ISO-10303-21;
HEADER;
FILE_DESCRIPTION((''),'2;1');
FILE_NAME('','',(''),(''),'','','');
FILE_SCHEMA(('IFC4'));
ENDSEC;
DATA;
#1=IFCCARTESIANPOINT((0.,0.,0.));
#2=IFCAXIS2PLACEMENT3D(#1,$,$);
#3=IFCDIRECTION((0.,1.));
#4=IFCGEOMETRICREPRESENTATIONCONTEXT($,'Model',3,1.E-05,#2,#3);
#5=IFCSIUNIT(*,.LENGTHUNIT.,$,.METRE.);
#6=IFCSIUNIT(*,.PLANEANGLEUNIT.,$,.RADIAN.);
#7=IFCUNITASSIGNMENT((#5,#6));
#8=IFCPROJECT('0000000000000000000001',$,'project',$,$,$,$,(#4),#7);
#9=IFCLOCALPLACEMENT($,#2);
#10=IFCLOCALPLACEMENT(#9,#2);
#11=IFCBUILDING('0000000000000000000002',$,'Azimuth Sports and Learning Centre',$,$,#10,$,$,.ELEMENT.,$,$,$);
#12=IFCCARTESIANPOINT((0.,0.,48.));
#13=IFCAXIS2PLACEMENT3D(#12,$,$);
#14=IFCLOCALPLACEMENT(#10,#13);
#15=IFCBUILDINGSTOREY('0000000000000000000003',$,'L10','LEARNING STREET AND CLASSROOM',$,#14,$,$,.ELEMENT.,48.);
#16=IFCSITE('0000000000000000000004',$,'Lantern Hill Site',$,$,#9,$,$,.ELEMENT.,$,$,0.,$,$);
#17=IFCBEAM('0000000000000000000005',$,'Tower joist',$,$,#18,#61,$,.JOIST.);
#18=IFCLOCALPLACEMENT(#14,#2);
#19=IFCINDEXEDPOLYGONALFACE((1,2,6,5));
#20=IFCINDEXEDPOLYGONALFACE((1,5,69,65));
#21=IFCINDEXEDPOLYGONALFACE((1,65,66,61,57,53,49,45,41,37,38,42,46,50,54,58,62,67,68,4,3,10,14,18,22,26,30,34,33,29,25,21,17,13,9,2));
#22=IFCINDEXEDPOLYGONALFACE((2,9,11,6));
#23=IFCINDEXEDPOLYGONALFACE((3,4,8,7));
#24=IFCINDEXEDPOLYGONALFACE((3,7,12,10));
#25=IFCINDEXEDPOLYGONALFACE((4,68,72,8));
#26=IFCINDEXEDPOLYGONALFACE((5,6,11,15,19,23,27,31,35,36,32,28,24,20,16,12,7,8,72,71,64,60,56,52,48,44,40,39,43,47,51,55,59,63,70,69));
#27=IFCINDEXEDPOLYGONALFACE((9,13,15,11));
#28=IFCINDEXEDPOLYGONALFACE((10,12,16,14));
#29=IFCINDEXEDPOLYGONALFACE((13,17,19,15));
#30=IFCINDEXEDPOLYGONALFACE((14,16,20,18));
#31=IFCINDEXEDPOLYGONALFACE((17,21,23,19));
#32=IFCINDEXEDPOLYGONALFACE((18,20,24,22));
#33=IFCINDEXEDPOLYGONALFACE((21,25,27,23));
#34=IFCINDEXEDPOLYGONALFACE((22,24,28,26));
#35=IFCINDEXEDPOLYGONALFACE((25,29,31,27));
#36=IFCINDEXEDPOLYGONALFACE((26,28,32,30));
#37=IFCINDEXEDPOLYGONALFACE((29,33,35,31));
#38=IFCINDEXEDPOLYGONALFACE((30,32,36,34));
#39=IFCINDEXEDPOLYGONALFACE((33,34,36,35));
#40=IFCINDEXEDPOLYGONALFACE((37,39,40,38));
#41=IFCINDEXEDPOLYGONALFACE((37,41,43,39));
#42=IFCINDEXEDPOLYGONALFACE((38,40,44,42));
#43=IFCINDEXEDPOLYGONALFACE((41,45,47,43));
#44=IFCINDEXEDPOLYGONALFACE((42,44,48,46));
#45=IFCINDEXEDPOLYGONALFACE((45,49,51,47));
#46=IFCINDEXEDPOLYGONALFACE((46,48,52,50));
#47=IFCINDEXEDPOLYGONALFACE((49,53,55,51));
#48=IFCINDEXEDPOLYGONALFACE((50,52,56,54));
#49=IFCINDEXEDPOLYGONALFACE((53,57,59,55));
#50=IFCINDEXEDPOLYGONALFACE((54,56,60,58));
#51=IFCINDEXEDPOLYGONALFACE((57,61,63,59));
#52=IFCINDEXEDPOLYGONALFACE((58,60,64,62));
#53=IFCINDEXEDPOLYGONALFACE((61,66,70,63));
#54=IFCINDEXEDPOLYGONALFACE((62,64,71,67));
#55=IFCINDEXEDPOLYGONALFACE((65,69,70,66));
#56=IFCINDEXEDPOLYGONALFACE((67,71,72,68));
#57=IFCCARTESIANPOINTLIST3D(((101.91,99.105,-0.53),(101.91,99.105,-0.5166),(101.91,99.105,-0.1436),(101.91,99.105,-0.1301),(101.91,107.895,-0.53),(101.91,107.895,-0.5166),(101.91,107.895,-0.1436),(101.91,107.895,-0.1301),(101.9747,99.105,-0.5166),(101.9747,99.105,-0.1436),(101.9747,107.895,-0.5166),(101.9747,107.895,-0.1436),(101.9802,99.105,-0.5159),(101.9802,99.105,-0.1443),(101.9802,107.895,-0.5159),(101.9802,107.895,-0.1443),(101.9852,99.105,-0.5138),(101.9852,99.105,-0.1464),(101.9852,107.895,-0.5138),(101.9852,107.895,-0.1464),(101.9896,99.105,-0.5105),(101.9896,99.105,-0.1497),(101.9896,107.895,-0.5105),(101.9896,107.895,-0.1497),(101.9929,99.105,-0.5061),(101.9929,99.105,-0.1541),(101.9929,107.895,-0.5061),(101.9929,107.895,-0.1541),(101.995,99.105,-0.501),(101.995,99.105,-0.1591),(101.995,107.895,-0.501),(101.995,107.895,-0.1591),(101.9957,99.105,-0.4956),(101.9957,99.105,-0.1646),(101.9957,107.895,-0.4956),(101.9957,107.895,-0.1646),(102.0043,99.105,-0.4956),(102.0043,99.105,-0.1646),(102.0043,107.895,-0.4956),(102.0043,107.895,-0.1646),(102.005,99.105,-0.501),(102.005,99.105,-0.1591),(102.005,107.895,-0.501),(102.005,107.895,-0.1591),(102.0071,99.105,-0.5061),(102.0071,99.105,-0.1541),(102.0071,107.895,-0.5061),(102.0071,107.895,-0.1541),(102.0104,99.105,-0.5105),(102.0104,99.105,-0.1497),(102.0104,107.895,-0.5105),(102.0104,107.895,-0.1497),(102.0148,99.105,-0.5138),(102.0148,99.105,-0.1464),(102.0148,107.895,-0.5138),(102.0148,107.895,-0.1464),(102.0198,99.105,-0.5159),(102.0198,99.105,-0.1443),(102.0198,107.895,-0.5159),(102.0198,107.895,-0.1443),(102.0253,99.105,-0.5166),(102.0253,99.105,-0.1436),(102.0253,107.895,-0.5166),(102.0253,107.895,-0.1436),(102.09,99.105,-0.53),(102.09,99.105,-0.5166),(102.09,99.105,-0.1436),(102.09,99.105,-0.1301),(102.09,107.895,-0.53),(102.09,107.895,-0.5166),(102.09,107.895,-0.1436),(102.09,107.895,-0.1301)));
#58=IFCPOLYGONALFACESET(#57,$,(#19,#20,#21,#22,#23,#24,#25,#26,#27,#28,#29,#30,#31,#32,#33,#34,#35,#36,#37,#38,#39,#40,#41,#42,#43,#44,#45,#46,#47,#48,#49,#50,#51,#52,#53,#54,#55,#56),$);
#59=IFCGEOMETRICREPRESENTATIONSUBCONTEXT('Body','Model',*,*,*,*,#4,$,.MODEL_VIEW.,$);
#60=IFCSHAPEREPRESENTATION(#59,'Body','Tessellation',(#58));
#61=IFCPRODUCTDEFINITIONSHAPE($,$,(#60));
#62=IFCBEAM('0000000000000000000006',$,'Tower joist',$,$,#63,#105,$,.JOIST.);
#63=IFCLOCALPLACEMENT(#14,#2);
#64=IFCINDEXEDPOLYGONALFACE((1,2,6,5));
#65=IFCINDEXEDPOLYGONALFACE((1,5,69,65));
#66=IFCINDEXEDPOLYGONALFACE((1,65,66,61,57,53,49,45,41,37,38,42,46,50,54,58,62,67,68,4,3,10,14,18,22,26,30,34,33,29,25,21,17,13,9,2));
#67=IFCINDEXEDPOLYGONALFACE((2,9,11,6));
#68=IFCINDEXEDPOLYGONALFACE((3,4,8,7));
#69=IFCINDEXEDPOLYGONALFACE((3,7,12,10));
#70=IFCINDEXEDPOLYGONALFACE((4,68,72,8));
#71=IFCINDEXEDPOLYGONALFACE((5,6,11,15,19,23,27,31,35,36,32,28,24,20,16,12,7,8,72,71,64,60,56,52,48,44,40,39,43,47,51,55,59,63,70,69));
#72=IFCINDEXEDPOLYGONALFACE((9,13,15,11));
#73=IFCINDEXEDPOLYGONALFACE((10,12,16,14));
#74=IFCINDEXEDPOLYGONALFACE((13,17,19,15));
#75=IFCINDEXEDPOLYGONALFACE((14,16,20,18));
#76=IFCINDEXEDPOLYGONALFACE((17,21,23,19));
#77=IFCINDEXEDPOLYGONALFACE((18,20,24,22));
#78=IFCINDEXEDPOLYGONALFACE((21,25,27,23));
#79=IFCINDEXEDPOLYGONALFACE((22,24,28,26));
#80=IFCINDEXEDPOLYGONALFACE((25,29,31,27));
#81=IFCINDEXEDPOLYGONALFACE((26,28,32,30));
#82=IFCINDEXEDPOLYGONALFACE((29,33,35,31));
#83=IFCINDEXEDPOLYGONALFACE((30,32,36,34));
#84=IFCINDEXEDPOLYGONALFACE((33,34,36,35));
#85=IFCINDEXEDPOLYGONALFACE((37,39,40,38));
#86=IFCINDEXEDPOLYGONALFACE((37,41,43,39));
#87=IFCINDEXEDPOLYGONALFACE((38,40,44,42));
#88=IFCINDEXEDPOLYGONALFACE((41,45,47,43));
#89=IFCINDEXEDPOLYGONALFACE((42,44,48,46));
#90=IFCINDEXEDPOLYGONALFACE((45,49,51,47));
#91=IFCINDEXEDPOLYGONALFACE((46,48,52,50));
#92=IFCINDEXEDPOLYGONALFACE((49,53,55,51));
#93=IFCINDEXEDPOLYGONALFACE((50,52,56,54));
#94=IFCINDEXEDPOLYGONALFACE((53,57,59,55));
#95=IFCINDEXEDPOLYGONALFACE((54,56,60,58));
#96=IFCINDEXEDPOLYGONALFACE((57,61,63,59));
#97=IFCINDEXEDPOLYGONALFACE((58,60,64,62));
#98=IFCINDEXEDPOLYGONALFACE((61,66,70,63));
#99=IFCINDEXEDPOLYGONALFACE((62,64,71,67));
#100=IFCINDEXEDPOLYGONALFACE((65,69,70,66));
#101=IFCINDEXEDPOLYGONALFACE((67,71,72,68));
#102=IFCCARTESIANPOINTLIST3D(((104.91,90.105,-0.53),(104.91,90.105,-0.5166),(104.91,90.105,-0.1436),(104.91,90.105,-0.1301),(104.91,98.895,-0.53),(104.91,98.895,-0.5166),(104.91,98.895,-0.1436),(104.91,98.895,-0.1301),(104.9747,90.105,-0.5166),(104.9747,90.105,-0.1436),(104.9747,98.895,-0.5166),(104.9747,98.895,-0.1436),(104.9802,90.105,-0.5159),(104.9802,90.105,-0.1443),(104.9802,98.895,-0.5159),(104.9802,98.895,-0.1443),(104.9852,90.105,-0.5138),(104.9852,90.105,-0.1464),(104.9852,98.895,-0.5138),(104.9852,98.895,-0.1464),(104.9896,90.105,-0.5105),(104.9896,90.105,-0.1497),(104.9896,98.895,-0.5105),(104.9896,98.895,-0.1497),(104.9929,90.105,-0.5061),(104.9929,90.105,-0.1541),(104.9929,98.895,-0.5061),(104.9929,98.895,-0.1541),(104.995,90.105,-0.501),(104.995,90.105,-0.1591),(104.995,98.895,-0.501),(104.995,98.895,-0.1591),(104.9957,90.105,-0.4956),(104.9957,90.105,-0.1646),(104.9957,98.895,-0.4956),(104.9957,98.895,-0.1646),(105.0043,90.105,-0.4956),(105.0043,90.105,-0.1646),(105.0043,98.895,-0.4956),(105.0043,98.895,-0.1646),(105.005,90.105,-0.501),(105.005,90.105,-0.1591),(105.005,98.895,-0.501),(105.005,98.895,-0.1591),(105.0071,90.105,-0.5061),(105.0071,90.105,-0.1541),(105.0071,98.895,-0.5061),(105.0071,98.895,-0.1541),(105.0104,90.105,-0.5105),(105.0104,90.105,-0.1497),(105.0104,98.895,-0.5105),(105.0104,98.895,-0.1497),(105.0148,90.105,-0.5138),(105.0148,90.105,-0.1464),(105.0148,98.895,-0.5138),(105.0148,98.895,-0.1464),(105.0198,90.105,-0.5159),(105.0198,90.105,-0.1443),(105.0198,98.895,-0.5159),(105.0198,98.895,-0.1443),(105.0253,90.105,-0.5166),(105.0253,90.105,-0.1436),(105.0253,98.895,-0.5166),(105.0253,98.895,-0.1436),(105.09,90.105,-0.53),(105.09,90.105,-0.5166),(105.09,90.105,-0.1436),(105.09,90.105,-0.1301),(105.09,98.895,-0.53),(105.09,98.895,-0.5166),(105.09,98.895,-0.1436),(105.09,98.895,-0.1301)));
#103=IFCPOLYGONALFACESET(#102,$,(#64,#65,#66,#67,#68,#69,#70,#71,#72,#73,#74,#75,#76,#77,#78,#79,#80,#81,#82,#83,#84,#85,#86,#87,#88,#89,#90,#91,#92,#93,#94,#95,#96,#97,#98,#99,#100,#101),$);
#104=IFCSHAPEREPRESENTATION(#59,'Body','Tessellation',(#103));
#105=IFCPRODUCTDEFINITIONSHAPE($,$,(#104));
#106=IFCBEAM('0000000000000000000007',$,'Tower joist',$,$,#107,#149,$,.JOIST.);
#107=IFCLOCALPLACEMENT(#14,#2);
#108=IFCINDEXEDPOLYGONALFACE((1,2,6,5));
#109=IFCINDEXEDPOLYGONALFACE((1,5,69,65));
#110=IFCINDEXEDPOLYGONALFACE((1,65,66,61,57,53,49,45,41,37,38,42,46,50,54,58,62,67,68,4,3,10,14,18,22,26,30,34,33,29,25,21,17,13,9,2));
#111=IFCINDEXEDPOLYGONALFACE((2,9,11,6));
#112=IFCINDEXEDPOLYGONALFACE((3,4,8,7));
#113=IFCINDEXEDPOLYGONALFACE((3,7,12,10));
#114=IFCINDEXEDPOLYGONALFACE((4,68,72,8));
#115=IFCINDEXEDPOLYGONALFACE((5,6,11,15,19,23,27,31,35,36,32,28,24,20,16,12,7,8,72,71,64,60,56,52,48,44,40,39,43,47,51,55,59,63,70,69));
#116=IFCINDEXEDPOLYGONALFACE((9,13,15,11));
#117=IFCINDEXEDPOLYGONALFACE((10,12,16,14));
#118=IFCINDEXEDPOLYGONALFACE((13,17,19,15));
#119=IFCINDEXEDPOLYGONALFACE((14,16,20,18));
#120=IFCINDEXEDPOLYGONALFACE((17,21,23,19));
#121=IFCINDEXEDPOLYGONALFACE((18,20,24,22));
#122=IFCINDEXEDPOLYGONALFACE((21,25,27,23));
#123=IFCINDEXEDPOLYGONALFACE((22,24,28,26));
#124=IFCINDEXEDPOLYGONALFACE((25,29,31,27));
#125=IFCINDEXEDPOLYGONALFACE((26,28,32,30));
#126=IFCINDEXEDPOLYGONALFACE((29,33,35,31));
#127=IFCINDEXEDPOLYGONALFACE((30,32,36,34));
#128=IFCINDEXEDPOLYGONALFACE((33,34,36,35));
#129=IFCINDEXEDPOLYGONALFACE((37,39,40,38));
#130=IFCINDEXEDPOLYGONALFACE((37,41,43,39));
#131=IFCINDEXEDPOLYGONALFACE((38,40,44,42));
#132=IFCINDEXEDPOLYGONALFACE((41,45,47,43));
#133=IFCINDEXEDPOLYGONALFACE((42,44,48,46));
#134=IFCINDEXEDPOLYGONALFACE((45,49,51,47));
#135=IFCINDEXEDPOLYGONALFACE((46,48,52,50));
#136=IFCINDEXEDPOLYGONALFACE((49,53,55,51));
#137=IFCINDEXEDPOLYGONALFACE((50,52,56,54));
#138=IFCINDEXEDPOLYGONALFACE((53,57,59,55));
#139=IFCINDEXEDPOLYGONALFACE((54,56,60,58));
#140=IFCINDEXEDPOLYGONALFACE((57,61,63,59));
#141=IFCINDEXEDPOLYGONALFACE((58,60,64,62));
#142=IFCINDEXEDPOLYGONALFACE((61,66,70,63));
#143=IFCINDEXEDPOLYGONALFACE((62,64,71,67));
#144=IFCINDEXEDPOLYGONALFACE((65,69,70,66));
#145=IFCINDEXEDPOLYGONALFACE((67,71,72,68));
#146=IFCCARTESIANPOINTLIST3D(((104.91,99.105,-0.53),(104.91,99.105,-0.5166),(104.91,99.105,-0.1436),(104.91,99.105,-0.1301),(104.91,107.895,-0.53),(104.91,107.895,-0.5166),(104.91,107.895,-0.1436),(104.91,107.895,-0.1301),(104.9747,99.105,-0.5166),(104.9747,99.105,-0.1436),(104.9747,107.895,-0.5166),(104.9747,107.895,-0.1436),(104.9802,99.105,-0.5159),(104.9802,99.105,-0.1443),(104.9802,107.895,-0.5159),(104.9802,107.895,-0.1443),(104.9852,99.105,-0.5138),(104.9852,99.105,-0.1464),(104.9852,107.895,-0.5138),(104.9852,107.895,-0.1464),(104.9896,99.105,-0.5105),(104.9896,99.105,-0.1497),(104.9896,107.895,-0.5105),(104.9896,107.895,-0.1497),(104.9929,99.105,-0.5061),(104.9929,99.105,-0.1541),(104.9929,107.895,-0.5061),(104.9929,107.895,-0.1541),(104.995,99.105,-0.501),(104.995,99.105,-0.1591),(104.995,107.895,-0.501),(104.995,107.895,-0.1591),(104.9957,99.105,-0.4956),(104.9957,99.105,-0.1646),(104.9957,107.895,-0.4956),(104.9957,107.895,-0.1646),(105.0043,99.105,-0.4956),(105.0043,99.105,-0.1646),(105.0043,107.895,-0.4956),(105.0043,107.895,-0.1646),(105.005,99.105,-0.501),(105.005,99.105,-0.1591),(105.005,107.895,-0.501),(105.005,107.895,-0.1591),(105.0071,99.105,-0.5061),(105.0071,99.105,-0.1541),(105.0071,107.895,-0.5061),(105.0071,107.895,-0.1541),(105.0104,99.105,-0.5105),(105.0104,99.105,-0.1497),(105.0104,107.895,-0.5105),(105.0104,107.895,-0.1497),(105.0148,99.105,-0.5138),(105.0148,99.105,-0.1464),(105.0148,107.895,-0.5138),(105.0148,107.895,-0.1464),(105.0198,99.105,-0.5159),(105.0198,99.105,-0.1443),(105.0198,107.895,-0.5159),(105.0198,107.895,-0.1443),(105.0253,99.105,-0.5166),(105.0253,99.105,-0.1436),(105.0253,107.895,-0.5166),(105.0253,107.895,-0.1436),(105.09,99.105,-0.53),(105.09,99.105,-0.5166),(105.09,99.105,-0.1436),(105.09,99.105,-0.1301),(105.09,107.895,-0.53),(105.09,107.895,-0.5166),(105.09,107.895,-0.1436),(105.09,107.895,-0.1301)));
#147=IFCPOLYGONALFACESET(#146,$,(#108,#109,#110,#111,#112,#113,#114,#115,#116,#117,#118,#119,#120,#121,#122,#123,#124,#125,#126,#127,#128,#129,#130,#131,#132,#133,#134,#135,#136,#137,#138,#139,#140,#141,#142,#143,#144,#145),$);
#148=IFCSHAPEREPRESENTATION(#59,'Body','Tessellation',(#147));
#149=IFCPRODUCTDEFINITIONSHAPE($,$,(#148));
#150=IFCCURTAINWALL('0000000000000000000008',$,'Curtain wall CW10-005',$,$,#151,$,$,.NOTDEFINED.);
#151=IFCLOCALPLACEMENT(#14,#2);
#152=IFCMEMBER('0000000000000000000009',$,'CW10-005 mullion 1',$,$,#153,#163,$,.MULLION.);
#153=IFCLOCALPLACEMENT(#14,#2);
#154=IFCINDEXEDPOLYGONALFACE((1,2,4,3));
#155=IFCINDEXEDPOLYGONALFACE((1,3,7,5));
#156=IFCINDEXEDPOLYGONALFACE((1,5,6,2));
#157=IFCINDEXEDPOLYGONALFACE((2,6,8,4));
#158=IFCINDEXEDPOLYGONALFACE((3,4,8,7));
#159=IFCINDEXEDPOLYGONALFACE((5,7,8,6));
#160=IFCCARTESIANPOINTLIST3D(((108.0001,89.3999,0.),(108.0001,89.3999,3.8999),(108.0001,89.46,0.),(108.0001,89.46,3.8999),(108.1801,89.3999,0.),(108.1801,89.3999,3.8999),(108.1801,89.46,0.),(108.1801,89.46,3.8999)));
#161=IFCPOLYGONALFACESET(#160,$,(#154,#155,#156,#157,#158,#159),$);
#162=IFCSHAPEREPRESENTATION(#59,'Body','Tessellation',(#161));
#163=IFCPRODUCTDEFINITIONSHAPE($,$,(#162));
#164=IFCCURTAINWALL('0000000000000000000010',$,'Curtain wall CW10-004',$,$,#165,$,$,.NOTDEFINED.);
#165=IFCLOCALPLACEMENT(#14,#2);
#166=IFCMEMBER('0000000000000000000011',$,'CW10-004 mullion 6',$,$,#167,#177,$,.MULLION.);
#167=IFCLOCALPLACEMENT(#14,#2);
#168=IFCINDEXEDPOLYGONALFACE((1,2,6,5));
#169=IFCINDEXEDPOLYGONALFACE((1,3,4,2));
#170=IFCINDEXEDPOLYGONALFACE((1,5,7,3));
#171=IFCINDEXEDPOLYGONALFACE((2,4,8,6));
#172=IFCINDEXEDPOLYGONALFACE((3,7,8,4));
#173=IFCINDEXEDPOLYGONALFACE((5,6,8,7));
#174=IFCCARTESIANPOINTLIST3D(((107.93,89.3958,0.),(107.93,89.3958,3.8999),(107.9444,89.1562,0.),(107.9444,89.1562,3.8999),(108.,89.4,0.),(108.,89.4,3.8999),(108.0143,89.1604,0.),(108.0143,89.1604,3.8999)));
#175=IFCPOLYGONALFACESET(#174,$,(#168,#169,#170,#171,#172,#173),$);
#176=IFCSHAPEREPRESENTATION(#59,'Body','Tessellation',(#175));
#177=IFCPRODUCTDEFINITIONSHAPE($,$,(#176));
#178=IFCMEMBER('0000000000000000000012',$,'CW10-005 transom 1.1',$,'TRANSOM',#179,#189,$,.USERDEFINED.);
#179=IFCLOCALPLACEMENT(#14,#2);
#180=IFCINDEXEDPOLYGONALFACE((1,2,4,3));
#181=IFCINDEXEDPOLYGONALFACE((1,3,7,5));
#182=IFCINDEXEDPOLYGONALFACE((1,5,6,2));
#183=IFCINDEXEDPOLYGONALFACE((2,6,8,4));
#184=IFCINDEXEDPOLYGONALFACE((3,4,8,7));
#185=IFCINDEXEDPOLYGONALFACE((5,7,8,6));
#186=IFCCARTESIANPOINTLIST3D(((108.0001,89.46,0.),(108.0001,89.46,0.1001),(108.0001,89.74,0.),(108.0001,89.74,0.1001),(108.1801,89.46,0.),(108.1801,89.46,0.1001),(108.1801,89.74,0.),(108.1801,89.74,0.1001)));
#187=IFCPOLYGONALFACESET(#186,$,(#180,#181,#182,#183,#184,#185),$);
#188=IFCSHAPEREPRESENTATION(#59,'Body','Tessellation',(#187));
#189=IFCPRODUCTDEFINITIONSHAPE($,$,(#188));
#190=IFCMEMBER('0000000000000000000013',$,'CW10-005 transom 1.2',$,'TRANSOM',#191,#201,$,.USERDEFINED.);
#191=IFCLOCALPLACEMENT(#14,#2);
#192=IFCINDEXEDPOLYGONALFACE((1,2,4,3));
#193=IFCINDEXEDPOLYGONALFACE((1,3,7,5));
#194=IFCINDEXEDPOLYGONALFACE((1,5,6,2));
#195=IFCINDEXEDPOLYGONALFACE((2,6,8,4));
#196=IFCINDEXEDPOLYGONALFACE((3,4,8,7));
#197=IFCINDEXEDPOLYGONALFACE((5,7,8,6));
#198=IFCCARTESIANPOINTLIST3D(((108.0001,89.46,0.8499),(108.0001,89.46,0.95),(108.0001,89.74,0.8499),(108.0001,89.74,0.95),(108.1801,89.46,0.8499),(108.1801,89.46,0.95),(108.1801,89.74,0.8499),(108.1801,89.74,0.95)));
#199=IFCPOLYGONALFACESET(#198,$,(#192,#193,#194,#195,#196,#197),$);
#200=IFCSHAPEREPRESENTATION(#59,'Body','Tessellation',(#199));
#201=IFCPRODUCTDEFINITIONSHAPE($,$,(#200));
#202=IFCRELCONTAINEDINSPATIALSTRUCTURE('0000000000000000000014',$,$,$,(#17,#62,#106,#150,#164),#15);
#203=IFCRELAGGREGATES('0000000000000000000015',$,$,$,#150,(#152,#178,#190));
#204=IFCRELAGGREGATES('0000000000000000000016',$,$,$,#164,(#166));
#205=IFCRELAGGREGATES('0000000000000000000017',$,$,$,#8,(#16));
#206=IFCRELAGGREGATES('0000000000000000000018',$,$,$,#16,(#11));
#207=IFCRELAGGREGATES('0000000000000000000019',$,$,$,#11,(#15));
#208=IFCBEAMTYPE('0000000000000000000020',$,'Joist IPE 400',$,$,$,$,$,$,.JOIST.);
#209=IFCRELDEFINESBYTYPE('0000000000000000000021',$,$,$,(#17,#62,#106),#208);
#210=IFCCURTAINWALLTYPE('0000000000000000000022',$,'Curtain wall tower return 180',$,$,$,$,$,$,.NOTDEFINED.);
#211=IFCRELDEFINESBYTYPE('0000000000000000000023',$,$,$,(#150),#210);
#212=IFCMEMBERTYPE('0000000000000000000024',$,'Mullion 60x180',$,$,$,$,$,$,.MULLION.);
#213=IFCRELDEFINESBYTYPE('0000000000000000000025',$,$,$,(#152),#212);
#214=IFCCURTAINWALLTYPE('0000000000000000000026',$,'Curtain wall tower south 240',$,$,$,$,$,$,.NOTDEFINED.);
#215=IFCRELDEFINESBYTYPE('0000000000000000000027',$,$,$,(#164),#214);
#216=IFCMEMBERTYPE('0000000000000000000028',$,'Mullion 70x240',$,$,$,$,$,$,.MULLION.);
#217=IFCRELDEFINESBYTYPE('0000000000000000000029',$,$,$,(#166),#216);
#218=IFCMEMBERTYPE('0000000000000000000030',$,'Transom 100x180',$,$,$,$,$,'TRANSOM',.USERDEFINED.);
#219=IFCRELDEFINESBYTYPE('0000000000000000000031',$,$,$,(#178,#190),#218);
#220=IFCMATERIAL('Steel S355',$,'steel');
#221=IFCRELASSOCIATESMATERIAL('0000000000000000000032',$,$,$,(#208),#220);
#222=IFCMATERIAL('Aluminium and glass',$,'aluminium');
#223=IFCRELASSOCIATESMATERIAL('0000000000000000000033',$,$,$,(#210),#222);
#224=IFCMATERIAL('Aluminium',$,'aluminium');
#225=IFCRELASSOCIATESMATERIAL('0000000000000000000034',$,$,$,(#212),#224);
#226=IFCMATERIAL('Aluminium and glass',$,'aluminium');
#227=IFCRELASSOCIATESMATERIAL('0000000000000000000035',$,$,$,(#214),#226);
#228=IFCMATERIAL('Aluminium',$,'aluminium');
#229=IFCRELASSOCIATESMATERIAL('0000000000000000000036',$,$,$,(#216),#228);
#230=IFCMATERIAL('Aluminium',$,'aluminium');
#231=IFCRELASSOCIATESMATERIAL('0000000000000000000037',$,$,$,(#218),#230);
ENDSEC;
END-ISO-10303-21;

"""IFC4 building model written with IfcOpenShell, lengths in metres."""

from ifc_helpers import new_model, si_unit, direction, frame, origin, origin_2d, place, context, subcontext, project, spatial, rectangle, i_section, extrude, material, material_profile, profile_set, type_object, element, aggregate, save


model = new_model("IFC4")

# Units and contexts
model_context = context("Model", 3, precision=1e-05, world=origin(), true_north=direction((0.0, 1.0)))
body_context = subcontext(model_context, "Body", "Model", "MODEL_VIEW")
ifc_project = project(units=[si_unit("LENGTHUNIT", "METRE"), si_unit("PLANEANGLEUNIT", "RADIAN")], contexts=[model_context])

# Site, building, storey
site_placement = place(None, origin())
site = spatial("IfcSite", under=ifc_project, at=site_placement, Name="Lantern Hill Site", CompositionType="ELEMENT", RefElevation=0.0)
building_placement = place(site_placement, origin())
building = spatial("IfcBuilding", under=site, at=building_placement, Name="Azimuth Sports and Learning Centre", CompositionType="ELEMENT")
storey_placement = place(building_placement, frame((0.0, 0.0, 48.0)))
storey = spatial("IfcBuildingStorey", under=building, at=storey_placement, Name="L10", Description="LEARNING STREET AND CLASSROOM", CompositionType="ELEMENT", Elevation=48.0)

# Beams
ifc_material_1 = material(Name="Steel S355", Category="steel")
ifc_material_profile_1 = material_profile(ifc_material_1, i_section(OverallWidth=0.1799, OverallDepth=0.3999, WebThickness=0.0085, FlangeThickness=0.0134, FilletRadius=0.021, at=origin_2d()), Name="IPE 400")
ifc_profile_set_1 = profile_set([ifc_material_profile_1], Name="Steel S355")
beam_type_1 = type_object("IfcBeamType", Name="Joist IPE 400", PredefinedType="JOIST", material=ifc_profile_set_1)
for number, where, z_axis, x_axis, name in (
    (1, (102.0, 99.105, -0.3301), (0.0, 1.0, 0.0), (-1.0, 0.0, 0.0), "Tower joist"),
    (2, (105.0, 90.105, -0.3301), (0.0, 1.0, 0.0), (-1.0, 0.0, 0.0), "Tower joist"),
    (3, (105.0, 99.105, -0.3301), (0.0, 1.0, 0.0), (-1.0, 0.0, 0.0), "Tower joist"),
):
    element("IfcBeam", number, at=place(storey_placement, frame(where, z_axis=z_axis, x_axis=x_axis)), inside=storey, type_object=beam_type_1, Name=name, PredefinedType="JOIST", context=body_context, shape_type="SweptSolid", body=[
        extrude(i_section(OverallWidth=0.1799, OverallDepth=0.3999, WebThickness=0.0085, FlangeThickness=0.0134, FilletRadius=0.021, at=origin_2d()), origin(), (0.0, 0.0, 1.0), 8.79),
    ])

# Curtain walls, members
ifc_material_2 = material(Name="Aluminium and glass", Category="aluminium")
curtain_wall_type_1 = type_object("IfcCurtainWallType", Name="Curtain wall tower return 180", PredefinedType="NOTDEFINED", material=ifc_material_2)
curtain_wall_1_placement = place(storey_placement, origin())
curtain_wall_1 = element("IfcCurtainWall", 4, at=curtain_wall_1_placement, inside=storey, type_object=curtain_wall_type_1, Name="Curtain wall CW10-005", PredefinedType="NOTDEFINED")
ifc_material_3 = material(Name="Aluminium", Category="aluminium")
ifc_material_profile_2 = material_profile(ifc_material_3, rectangle(XDim=0.1799, YDim=0.0601, at=origin_2d()), Name="Mullion 60x180")
ifc_profile_set_2 = profile_set([ifc_material_profile_2], Name="Aluminium")
member_type_1 = type_object("IfcMemberType", Name="Mullion 60x180", PredefinedType="MULLION", material=ifc_profile_set_2)
member_1_placement = place(storey_placement, frame((108.0901, 89.4299, 0.0), z_axis=(0.0, 0.0, 1.0), x_axis=(-1.0, 0.0, 0.0)))
member_1 = element("IfcMember", 5, at=member_1_placement, type_object=member_type_1, Name="CW10-005 mullion 1", PredefinedType="MULLION", context=body_context, shape_type="SweptSolid", body=[
    extrude(rectangle(XDim=0.1799, YDim=0.0601, at=origin_2d()), origin(), (0.0, 0.0, 1.0), 3.8999),
])
ifc_material_4 = material(Name="Aluminium and glass", Category="aluminium")
curtain_wall_type_2 = type_object("IfcCurtainWallType", Name="Curtain wall tower south 240", PredefinedType="NOTDEFINED", material=ifc_material_4)
curtain_wall_2_placement = place(storey_placement, origin())
curtain_wall_2 = element("IfcCurtainWall", 6, at=curtain_wall_2_placement, inside=storey, type_object=curtain_wall_type_2, Name="Curtain wall CW10-004", PredefinedType="NOTDEFINED")
ifc_material_5 = material(Name="Aluminium", Category="aluminium")
ifc_material_profile_3 = material_profile(ifc_material_5, rectangle(XDim=0.24, YDim=0.0701, at=origin_2d()), Name="Mullion 70x240")
ifc_profile_set_3 = profile_set([ifc_material_profile_3], Name="Aluminium")
member_type_2 = type_object("IfcMemberType", Name="Mullion 70x240", PredefinedType="MULLION", material=ifc_profile_set_3)
member_2_placement = place(storey_placement, frame((107.9722, 89.2781, 0.0), z_axis=(0.0, 0.0, 1.0), x_axis=(-0.059892, 0.998205, 0.0)))
member_2 = element("IfcMember", 7, at=member_2_placement, type_object=member_type_2, Name="CW10-004 mullion 6", PredefinedType="MULLION", context=body_context, shape_type="SweptSolid", body=[
    extrude(rectangle(XDim=0.24, YDim=0.0701, at=origin_2d()), origin(), (0.0, 0.0, 1.0), 3.8999),
])

# Members
ifc_material_6 = material(Name="Aluminium", Category="aluminium")
ifc_material_profile_4 = material_profile(ifc_material_6, rectangle(XDim=0.1799, YDim=0.1001, at=origin_2d()), Name="Transom 100x180")
ifc_profile_set_4 = profile_set([ifc_material_profile_4], Name="Aluminium")
member_type_3 = type_object("IfcMemberType", Name="Transom 100x180", ElementType="TRANSOM", PredefinedType="USERDEFINED", material=ifc_profile_set_4)
member_3_placement = place(storey_placement, frame((108.0901, 89.46, 0.05), z_axis=(0.0, 1.0, 0.0), x_axis=(-1.0, 0.0, 0.0)))
member_3 = element("IfcMember", 8, at=member_3_placement, type_object=member_type_3, Name="CW10-005 transom 1.1", ObjectType="TRANSOM", PredefinedType="USERDEFINED", context=body_context, shape_type="SweptSolid", body=[
    extrude(rectangle(XDim=0.1799, YDim=0.1001, at=origin_2d()), origin(), (0.0, 0.0, 1.0), 0.28),
])
member_4_placement = place(storey_placement, frame((108.0901, 89.46, 0.8999), z_axis=(0.0, 1.0, 0.0), x_axis=(-1.0, 0.0, 0.0)))
member_4 = element("IfcMember", 9, at=member_4_placement, type_object=member_type_3, Name="CW10-005 transom 1.2", ObjectType="TRANSOM", PredefinedType="USERDEFINED", context=body_context, shape_type="SweptSolid", body=[
    extrude(rectangle(XDim=0.1799, YDim=0.1001, at=origin_2d()), origin(), (0.0, 0.0, 1.0), 0.28),
])
aggregate(curtain_wall_1, [member_1, member_3, member_4])

aggregate(curtain_wall_2, [member_2])

save(model, "model.ifc")
